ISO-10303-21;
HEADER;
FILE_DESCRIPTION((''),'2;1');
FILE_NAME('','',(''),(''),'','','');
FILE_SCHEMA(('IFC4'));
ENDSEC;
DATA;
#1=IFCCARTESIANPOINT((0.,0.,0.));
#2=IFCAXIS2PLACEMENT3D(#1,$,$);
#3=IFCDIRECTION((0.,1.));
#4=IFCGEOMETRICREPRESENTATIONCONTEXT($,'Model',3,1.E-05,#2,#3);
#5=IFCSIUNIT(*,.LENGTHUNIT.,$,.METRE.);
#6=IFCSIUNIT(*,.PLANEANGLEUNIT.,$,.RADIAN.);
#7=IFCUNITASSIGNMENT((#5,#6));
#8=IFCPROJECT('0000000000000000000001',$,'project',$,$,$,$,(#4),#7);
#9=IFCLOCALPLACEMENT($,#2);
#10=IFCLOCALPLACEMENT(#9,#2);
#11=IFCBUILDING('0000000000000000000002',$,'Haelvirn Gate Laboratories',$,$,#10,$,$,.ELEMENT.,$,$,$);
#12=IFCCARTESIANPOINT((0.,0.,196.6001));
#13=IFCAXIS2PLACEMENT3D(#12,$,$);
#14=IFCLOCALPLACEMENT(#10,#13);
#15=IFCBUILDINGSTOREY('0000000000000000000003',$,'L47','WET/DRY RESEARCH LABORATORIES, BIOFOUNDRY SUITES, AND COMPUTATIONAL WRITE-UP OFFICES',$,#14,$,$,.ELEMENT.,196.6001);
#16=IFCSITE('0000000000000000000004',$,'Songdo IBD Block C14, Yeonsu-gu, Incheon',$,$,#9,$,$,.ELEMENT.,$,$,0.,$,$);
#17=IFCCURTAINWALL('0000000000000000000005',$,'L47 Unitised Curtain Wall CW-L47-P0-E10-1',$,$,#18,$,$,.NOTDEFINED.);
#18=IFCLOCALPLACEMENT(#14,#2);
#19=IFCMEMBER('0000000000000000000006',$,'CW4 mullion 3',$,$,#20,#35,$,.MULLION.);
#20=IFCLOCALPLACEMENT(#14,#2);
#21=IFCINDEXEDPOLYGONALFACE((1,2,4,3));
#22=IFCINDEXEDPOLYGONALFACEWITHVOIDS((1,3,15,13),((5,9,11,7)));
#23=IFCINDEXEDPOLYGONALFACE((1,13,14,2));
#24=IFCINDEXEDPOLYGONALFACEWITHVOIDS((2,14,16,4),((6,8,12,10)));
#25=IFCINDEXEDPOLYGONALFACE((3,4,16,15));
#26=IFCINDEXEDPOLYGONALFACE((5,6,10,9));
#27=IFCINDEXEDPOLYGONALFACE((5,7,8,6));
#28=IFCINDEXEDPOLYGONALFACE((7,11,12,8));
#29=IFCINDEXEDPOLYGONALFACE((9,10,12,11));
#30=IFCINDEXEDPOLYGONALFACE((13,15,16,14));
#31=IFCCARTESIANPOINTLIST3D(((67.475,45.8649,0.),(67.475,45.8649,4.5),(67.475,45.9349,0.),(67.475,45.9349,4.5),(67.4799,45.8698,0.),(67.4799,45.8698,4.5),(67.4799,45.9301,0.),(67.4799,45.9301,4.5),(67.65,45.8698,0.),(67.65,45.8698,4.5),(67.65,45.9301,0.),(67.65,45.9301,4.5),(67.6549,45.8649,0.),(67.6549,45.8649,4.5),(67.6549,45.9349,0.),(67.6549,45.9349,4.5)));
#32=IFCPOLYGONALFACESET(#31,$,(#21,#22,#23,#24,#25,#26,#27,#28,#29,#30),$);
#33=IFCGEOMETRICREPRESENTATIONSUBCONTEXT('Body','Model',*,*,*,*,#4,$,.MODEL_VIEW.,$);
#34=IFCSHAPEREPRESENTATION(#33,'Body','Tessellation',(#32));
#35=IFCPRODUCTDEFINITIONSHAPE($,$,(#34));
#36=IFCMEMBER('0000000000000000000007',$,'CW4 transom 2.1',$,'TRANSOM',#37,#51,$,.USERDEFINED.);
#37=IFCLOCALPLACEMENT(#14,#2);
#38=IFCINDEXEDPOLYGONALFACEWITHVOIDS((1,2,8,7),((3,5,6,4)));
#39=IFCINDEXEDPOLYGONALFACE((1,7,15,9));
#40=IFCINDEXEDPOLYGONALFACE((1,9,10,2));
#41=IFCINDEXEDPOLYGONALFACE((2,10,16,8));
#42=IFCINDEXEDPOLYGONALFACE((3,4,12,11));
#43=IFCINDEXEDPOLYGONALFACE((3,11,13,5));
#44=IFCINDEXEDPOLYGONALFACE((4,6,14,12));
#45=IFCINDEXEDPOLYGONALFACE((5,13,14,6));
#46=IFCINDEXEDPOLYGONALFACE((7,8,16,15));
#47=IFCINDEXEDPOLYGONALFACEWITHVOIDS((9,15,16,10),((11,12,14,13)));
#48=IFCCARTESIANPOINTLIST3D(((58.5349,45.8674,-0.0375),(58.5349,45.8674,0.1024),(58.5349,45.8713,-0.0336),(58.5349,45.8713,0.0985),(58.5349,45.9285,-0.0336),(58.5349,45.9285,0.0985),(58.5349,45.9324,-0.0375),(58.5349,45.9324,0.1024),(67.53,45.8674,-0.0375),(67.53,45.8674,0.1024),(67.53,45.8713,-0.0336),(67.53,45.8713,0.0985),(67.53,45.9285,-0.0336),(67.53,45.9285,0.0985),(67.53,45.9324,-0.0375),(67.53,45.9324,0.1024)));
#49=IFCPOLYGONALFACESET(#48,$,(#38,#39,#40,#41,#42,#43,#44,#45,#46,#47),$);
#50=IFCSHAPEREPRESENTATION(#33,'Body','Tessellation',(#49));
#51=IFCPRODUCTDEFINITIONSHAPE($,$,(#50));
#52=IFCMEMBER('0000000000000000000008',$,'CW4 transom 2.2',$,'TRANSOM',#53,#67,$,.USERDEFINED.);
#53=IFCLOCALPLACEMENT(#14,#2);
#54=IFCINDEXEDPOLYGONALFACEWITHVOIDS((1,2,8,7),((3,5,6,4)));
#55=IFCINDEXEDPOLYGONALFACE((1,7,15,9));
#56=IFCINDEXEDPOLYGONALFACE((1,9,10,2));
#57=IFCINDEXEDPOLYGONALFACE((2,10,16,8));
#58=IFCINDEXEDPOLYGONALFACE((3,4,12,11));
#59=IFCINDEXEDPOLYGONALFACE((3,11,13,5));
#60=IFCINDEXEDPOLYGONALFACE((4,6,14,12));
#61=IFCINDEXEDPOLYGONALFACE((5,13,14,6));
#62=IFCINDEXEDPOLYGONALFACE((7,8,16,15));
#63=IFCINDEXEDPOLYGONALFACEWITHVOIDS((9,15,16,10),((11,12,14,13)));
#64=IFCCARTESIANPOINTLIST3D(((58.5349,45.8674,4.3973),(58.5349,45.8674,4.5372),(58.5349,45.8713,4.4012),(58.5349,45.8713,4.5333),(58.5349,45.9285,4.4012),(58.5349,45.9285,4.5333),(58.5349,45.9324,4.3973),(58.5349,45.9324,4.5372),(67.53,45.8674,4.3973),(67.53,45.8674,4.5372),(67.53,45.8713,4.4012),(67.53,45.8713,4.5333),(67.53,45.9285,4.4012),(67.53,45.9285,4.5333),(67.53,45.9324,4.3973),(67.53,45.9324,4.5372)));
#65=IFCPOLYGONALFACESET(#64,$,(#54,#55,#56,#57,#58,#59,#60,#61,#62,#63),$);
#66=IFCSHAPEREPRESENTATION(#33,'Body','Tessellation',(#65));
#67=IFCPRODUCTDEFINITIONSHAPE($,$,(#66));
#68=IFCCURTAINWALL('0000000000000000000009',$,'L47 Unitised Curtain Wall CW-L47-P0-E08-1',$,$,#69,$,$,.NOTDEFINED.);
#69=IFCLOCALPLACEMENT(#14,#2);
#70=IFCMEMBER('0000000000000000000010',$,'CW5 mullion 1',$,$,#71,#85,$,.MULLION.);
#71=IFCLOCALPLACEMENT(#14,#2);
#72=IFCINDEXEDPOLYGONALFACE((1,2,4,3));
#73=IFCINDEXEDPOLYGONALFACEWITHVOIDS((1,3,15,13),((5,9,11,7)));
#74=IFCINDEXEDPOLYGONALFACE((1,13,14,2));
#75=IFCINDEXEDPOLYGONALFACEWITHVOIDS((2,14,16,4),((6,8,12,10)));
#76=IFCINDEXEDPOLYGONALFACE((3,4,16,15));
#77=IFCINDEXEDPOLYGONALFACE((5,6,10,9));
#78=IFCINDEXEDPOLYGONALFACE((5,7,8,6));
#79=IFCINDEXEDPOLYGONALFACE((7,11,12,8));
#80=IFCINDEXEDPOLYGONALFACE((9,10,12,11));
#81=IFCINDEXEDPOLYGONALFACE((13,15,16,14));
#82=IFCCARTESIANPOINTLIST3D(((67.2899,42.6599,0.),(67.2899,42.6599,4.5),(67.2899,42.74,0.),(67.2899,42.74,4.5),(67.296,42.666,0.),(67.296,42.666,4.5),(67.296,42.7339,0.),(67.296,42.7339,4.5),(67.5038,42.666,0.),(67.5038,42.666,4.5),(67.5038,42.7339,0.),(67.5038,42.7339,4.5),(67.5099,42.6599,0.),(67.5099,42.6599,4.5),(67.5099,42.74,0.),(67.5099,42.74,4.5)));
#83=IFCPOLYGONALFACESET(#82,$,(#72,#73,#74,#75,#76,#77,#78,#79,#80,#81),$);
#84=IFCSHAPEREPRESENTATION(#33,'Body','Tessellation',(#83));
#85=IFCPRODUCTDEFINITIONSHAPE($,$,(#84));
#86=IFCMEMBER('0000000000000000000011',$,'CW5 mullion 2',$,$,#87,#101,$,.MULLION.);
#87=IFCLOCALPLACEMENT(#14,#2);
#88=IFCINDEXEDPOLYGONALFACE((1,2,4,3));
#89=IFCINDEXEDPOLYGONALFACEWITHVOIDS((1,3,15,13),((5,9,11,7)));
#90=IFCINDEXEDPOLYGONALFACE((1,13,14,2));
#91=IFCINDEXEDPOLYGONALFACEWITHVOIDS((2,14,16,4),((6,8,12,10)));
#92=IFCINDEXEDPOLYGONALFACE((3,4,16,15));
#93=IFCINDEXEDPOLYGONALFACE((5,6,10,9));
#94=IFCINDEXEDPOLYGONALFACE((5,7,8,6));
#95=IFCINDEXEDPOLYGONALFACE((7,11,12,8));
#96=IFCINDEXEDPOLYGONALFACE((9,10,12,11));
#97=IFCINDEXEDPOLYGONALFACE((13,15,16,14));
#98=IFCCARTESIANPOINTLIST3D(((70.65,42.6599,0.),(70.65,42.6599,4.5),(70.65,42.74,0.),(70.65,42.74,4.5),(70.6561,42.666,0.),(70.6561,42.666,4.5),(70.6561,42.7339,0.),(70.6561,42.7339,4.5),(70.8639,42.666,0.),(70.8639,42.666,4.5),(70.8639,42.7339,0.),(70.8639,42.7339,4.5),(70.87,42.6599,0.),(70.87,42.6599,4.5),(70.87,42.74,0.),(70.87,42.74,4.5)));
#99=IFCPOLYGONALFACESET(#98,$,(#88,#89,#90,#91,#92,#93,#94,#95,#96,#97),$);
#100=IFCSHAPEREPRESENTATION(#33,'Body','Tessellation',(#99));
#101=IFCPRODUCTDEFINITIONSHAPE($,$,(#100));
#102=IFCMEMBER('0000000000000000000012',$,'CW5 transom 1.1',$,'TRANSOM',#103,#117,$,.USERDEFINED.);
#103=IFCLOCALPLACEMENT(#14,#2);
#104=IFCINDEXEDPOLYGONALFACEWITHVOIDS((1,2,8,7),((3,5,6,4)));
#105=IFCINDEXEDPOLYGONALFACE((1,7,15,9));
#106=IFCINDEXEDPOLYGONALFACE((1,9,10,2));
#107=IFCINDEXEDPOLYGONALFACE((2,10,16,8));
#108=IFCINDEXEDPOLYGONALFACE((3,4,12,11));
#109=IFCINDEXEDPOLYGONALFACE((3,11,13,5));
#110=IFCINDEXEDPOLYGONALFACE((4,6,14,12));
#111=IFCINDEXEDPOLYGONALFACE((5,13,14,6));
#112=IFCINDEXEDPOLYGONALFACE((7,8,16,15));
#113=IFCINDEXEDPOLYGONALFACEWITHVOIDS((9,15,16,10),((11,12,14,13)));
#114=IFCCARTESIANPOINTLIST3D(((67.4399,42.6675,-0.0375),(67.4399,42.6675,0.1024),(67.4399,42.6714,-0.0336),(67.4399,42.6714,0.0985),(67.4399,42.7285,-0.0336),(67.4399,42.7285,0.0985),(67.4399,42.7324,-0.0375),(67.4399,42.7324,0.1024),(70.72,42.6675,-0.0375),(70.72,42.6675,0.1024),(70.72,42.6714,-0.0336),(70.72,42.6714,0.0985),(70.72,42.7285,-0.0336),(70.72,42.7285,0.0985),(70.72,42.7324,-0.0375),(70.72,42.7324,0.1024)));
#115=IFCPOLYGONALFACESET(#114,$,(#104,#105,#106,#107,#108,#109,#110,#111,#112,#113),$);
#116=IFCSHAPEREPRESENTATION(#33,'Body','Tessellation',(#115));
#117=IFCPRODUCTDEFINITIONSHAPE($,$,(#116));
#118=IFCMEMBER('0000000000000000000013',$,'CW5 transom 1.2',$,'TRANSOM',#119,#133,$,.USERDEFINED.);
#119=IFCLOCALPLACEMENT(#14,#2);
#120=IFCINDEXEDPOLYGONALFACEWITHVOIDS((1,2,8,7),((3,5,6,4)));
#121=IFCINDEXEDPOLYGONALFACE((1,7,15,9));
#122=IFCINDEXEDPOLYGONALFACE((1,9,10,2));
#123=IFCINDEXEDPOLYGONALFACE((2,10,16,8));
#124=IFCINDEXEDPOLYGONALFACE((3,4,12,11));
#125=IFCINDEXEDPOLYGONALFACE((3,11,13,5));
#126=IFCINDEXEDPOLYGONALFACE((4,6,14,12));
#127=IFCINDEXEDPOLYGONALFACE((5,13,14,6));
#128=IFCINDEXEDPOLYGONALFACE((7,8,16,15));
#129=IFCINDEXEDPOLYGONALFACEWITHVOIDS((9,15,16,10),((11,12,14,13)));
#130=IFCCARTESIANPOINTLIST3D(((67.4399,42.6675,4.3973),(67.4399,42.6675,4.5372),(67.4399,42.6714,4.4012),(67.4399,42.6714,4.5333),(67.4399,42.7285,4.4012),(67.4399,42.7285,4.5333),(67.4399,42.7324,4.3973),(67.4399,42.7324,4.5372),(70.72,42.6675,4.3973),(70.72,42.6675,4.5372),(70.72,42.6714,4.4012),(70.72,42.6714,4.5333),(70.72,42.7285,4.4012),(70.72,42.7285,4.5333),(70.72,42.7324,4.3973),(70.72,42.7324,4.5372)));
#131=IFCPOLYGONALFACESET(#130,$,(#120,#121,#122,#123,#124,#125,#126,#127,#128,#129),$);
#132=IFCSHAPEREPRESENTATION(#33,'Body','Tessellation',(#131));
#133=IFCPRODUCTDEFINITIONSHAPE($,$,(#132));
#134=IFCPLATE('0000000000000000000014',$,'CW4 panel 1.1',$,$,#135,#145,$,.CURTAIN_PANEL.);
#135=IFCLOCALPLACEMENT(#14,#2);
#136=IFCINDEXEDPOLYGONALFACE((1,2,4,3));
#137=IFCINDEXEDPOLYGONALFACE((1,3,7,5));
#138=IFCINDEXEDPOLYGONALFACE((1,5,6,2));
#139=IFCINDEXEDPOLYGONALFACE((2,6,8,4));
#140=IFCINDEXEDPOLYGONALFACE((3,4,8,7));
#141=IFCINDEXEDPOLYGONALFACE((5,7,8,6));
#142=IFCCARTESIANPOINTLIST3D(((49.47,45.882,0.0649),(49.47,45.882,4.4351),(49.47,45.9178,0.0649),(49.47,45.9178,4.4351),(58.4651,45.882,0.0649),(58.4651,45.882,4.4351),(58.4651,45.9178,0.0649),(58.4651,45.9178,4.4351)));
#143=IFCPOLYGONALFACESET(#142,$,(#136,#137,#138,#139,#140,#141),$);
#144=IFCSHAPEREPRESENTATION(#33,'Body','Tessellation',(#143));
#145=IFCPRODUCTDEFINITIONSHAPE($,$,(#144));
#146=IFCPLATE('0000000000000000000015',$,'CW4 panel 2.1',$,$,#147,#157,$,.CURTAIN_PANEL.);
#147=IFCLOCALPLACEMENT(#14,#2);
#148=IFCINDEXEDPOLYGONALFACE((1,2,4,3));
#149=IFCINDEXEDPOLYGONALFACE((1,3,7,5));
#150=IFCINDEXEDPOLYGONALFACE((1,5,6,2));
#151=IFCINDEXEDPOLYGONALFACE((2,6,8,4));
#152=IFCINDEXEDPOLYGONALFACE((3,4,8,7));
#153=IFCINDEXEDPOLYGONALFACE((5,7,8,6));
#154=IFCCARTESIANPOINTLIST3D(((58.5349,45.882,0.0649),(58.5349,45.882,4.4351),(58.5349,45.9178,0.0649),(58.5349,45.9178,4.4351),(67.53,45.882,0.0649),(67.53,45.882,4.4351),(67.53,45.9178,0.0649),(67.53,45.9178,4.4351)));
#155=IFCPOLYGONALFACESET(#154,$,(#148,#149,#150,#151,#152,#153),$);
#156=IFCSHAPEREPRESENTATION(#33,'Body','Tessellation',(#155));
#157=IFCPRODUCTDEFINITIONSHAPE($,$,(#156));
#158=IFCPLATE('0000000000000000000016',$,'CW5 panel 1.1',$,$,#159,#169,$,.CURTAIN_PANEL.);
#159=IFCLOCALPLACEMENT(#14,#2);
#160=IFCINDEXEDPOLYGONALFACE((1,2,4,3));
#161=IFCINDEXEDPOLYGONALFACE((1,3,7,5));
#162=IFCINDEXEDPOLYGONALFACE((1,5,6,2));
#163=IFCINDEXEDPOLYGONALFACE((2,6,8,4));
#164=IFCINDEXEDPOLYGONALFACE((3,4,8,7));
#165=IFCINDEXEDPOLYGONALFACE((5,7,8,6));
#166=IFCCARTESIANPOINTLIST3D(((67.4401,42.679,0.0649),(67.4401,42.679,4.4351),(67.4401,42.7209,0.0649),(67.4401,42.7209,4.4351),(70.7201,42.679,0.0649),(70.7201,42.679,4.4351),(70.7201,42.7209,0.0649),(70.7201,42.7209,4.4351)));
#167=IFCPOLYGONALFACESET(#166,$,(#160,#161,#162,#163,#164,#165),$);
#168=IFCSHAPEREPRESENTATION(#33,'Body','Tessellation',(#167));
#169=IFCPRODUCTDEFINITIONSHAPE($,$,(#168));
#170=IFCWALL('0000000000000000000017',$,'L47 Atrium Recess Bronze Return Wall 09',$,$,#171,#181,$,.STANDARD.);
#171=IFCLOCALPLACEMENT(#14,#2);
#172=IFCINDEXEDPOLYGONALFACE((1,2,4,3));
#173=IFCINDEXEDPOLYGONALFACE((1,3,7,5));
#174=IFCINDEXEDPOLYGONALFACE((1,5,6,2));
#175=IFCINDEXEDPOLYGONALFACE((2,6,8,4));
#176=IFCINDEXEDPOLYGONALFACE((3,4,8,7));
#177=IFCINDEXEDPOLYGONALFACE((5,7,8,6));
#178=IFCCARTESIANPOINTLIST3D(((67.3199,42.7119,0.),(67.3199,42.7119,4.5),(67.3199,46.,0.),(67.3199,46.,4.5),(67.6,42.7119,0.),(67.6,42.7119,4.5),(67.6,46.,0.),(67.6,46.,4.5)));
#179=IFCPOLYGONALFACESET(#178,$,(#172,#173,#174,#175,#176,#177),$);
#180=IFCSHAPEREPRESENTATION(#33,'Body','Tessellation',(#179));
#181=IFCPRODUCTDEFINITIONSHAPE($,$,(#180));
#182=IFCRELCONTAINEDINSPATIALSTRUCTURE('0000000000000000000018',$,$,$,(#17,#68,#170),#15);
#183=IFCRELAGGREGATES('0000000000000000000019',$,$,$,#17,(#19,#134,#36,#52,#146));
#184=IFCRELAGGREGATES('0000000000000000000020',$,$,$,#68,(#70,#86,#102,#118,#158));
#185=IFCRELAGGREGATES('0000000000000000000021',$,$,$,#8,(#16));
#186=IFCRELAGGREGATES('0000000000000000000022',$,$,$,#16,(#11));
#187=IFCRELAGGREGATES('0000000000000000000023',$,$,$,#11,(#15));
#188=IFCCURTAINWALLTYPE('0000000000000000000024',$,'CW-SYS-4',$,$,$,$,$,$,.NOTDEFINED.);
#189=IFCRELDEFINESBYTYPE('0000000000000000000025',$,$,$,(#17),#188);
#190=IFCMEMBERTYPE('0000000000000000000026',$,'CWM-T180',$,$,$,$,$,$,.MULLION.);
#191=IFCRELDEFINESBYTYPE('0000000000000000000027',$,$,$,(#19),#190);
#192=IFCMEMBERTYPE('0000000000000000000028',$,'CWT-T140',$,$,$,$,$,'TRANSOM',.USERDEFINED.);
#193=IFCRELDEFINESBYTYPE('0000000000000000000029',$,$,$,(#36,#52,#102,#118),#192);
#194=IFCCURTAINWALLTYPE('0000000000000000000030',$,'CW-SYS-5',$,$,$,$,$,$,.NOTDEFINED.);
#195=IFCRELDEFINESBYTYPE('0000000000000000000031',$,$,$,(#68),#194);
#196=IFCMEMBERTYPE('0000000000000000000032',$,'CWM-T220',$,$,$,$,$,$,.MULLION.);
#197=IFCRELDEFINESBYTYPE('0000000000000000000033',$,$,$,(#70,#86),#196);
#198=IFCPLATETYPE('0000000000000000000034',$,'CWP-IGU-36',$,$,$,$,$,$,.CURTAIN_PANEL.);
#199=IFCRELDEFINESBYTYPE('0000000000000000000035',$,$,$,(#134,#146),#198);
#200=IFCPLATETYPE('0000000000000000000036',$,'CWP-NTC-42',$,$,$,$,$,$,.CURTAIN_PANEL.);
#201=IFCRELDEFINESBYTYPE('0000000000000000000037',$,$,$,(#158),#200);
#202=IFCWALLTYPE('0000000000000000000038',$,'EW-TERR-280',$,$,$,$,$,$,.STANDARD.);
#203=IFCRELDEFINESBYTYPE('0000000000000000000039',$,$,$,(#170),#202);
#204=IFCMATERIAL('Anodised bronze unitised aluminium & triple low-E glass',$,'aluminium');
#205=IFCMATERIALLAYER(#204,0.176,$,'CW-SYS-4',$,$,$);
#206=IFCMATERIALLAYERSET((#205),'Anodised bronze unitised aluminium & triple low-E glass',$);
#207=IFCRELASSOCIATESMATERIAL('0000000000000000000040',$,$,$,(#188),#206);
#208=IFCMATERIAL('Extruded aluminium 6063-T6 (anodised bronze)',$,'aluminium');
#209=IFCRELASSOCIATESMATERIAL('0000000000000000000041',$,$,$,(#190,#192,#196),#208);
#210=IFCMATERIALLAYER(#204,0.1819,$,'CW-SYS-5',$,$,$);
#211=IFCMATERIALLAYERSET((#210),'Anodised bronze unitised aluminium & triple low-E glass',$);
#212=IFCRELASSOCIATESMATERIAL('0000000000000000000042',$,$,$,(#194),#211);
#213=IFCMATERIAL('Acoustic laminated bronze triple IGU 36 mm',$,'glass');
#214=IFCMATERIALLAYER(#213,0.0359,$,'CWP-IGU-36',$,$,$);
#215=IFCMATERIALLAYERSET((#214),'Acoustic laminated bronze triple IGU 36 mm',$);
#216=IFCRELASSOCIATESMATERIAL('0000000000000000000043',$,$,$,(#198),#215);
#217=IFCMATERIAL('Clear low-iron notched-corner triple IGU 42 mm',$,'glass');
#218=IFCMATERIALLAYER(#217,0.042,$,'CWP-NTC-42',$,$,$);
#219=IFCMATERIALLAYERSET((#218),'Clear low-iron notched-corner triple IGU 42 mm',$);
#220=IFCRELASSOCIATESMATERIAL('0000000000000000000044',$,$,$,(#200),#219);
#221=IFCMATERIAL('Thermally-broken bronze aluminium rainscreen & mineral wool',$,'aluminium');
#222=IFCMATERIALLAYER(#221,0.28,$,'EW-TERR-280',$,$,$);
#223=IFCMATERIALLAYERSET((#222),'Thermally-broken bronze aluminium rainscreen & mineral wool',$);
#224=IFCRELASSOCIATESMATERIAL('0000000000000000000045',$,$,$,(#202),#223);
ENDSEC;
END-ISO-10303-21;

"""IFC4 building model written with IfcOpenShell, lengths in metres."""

from ifc_helpers import new_model, si_unit, direction, frame, frame_2d, origin, origin_2d, place, context, subcontext, project, spatial, rectangle, hollow_rectangle, extrude, source, transform, mapped, material, layer, layer_set, material_profile, profile_set, type_object, type_shapes, element, aggregate, save


model = new_model("IFC4")

# Units and contexts
model_context = context("Model", 3, precision=1e-05, world=origin(), true_north=direction((0.0, 1.0)))
body_context = subcontext(model_context, "Body", "Model", "MODEL_VIEW")
ifc_project = project(units=[si_unit("LENGTHUNIT", "METRE"), si_unit("PLANEANGLEUNIT", "RADIAN")], contexts=[model_context])

# Site, building, storey
site_placement = place(None, origin())
site = spatial("IfcSite", under=ifc_project, at=site_placement, Name="Songdo IBD Block C14, Yeonsu-gu, Incheon", CompositionType="ELEMENT", RefElevation=0.0)
building_placement = place(site_placement, origin())
building = spatial("IfcBuilding", under=site, at=building_placement, Name="Haelvirn Gate Laboratories", CompositionType="ELEMENT")
storey_placement = place(building_placement, frame((0.0, 0.0, 196.6001)))
storey = spatial("IfcBuildingStorey", under=building, at=storey_placement, Name="L47", Description="WET/DRY RESEARCH LABORATORIES, BIOFOUNDRY SUITES, AND COMPUTATIONAL WRITE-UP OFFICES", CompositionType="ELEMENT", Elevation=196.6001)

# Shared definitions
ifc_material_1 = material(Name="Anodised bronze unitised aluminium & triple low-E glass", Category="aluminium")
ifc_layer_1 = layer(ifc_material_1, 0.176, Name="CW-SYS-4")
ifc_layer_set_1 = layer_set([ifc_layer_1], Name="Anodised bronze unitised aluminium & triple low-E glass")
curtain_wall_type_1 = type_object("IfcCurtainWallType", Name="CW-SYS-4", PredefinedType="NOTDEFINED", material=ifc_layer_set_1)
ifc_material_2 = material(Name="Extruded aluminium 6063-T6 (anodised bronze)", Category="aluminium")
ifc_material_profile_1 = material_profile(ifc_material_2, hollow_rectangle(XDim=0.0701, YDim=0.1799, WallThickness=0.0049, at=origin_2d()), Name="CWM-180x70x5")
ifc_profile_set_1 = profile_set([ifc_material_profile_1], Name="Extruded aluminium 6063-T6 (anodised bronze)")
member_type_1 = type_object("IfcMemberType", Name="CWM-T180", PredefinedType="MULLION", material=ifc_profile_set_1)
shared_shape_1 = source(origin(), body_context, "Body", "SweptSolid", [
    extrude(hollow_rectangle(XDim=0.0701, YDim=0.1799, WallThickness=0.0049, at=origin_2d()), origin(), (0.0, 0.0, 1.0), 4.5),
])
type_shapes(member_type_1, [shared_shape_1])

# Curtain walls, members
curtain_wall_1_placement = place(storey_placement, origin())
curtain_wall_1 = element("IfcCurtainWall", 1, at=curtain_wall_1_placement, inside=storey, type_object=curtain_wall_type_1, Name="L47 Unitised Curtain Wall CW-L47-P0-E10-1", PredefinedType="NOTDEFINED")
member_1_placement = place(storey_placement, frame((67.5649, 45.8999, 0.0), z_axis=(0.0, 0.0, 1.0), x_axis=(0.0, 1.0, 0.0)))
member_1 = element("IfcMember", 2, at=member_1_placement, type_object=member_type_1, Name="CW4 mullion 3", PredefinedType="MULLION", context=body_context, shape_type="MappedRepresentation", body=[
    mapped(shared_shape_1, transform((0.0, 0.0, 0.0), scale=1.0)),
])
ifc_material_profile_2 = material_profile(ifc_material_2, hollow_rectangle(XDim=0.0649, YDim=0.1399, WallThickness=0.0039, at=origin_2d()), Name="CWT-140x65x4")
ifc_profile_set_2 = profile_set([ifc_material_profile_2], Name="Extruded aluminium 6063-T6 (anodised bronze)")
member_type_2 = type_object("IfcMemberType", Name="CWT-T140", ElementType="TRANSOM", PredefinedType="USERDEFINED", material=ifc_profile_set_2)
shared_shape_2 = source(origin(), body_context, "Body", "SweptSolid", [
    extrude(hollow_rectangle(XDim=0.0649, YDim=0.1399, WallThickness=0.0039, at=origin_2d()), origin(), (0.0, 0.0, 1.0), 8.9951),
])
member_2_placement = place(storey_placement, frame((58.5349, 45.8999, 0.0325), z_axis=(1.0, 0.0, 0.0), x_axis=(0.0, 1.0, 0.0)))
member_2 = element("IfcMember", 3, at=member_2_placement, type_object=member_type_2, Name="CW4 transom 2.1", ObjectType="TRANSOM", PredefinedType="USERDEFINED", context=body_context, shape_type="MappedRepresentation", body=[
    mapped(shared_shape_2, transform((0.0, 0.0, 0.0), scale=1.0)),
])
member_3_placement = place(storey_placement, frame((58.5349, 45.8999, 4.4673), z_axis=(1.0, 0.0, 0.0), x_axis=(0.0, 1.0, 0.0)))
member_3 = element("IfcMember", 4, at=member_3_placement, type_object=member_type_2, Name="CW4 transom 2.2", ObjectType="TRANSOM", PredefinedType="USERDEFINED", context=body_context, shape_type="MappedRepresentation", body=[
    mapped(shared_shape_2, transform((0.0, 0.0, 0.0), scale=1.0)),
])
ifc_layer_2 = layer(ifc_material_1, 0.1819, Name="CW-SYS-5")
ifc_layer_set_2 = layer_set([ifc_layer_2], Name="Anodised bronze unitised aluminium & triple low-E glass")
curtain_wall_type_2 = type_object("IfcCurtainWallType", Name="CW-SYS-5", PredefinedType="NOTDEFINED", material=ifc_layer_set_2)
curtain_wall_2_placement = place(storey_placement, origin())
curtain_wall_2 = element("IfcCurtainWall", 5, at=curtain_wall_2_placement, inside=storey, type_object=curtain_wall_type_2, Name="L47 Unitised Curtain Wall CW-L47-P0-E08-1", PredefinedType="NOTDEFINED")
ifc_material_profile_3 = material_profile(ifc_material_2, hollow_rectangle(XDim=0.0801, YDim=0.22, WallThickness=0.0061, at=origin_2d()), Name="CWM-220x80x6")
ifc_profile_set_3 = profile_set([ifc_material_profile_3], Name="Extruded aluminium 6063-T6 (anodised bronze)")
member_type_3 = type_object("IfcMemberType", Name="CWM-T220", PredefinedType="MULLION", material=ifc_profile_set_3)
shared_shape_3 = source(origin(), body_context, "Body", "SweptSolid", [
    extrude(hollow_rectangle(XDim=0.0801, YDim=0.22, WallThickness=0.0061, at=origin_2d()), origin(), (0.0, 0.0, 1.0), 4.5),
])
type_shapes(member_type_3, [shared_shape_3])
member_4_placement = place(storey_placement, frame((67.3999, 42.7, 0.0), z_axis=(0.0, 0.0, 1.0), x_axis=(0.0, 1.0, 0.0)))
member_4 = element("IfcMember", 6, at=member_4_placement, type_object=member_type_3, Name="CW5 mullion 1", PredefinedType="MULLION", context=body_context, shape_type="MappedRepresentation", body=[
    mapped(shared_shape_3, transform((0.0, 0.0, 0.0), scale=1.0)),
])
member_5_placement = place(storey_placement, frame((70.76, 42.7, 0.0), z_axis=(0.0, 0.0, 1.0), x_axis=(0.0, 1.0, 0.0)))
member_5 = element("IfcMember", 7, at=member_5_placement, type_object=member_type_3, Name="CW5 mullion 2", PredefinedType="MULLION", context=body_context, shape_type="MappedRepresentation", body=[
    mapped(shared_shape_3, transform((0.0, 0.0, 0.0), scale=1.0)),
])
shared_shape_4 = source(origin(), body_context, "Body", "SweptSolid", [
    extrude(hollow_rectangle(XDim=0.0649, YDim=0.1399, WallThickness=0.0039, at=origin_2d()), origin(), (0.0, 0.0, 1.0), 3.28),
])
type_shapes(member_type_2, [shared_shape_2, shared_shape_4])
member_6_placement = place(storey_placement, frame((67.4399, 42.7, 0.0325), z_axis=(1.0, 0.0, 0.0), x_axis=(0.0, 1.0, 0.0)))
member_6 = element("IfcMember", 8, at=member_6_placement, type_object=member_type_2, Name="CW5 transom 1.1", ObjectType="TRANSOM", PredefinedType="USERDEFINED", context=body_context, shape_type="MappedRepresentation", body=[
    mapped(shared_shape_4, transform((0.0, 0.0, 0.0), scale=1.0)),
])
member_7_placement = place(storey_placement, frame((67.4399, 42.7, 4.4673), z_axis=(1.0, 0.0, 0.0), x_axis=(0.0, 1.0, 0.0)))
member_7 = element("IfcMember", 9, at=member_7_placement, type_object=member_type_2, Name="CW5 transom 1.2", ObjectType="TRANSOM", PredefinedType="USERDEFINED", context=body_context, shape_type="MappedRepresentation", body=[
    mapped(shared_shape_4, transform((0.0, 0.0, 0.0), scale=1.0)),
])

# Plates
ifc_material_3 = material(Name="Acoustic laminated bronze triple IGU 36 mm", Category="glass")
ifc_layer_3 = layer(ifc_material_3, 0.0359, Name="CWP-IGU-36")
ifc_layer_set_3 = layer_set([ifc_layer_3], Name="Acoustic laminated bronze triple IGU 36 mm")
plate_type_1 = type_object("IfcPlateType", Name="CWP-IGU-36", PredefinedType="CURTAIN_PANEL", material=ifc_layer_set_3)
shared_shape_5 = source(origin(), body_context, "Body", "SweptSolid", [
    extrude(rectangle(XDim=8.9951, YDim=0.0359, at=origin_2d()), origin(), (0.0, 0.0, 1.0), 4.3701),
])
type_shapes(plate_type_1, [shared_shape_5])
plate_1_placement = place(storey_placement, frame((53.9675, 45.8999, 0.0649), z_axis=(0.0, 0.0, 1.0), x_axis=(1.0, 0.0, 0.0)))
plate_1 = element("IfcPlate", 10, at=plate_1_placement, type_object=plate_type_1, Name="CW4 panel 1.1", PredefinedType="CURTAIN_PANEL", context=body_context, shape_type="MappedRepresentation", body=[
    mapped(shared_shape_5, transform((0.0, 0.0, 0.0), scale=1.0)),
])
plate_2_placement = place(storey_placement, frame((63.0325, 45.8999, 0.0649), z_axis=(0.0, 0.0, 1.0), x_axis=(1.0, 0.0, 0.0)))
plate_2 = element("IfcPlate", 11, at=plate_2_placement, type_object=plate_type_1, Name="CW4 panel 2.1", PredefinedType="CURTAIN_PANEL", context=body_context, shape_type="MappedRepresentation", body=[
    mapped(shared_shape_5, transform((0.0, 0.0, 0.0), scale=1.0)),
])
aggregate(curtain_wall_1, [member_1, plate_1, member_2, member_3, plate_2])
ifc_material_4 = material(Name="Clear low-iron notched-corner triple IGU 42 mm", Category="glass")
ifc_layer_4 = layer(ifc_material_4, 0.042, Name="CWP-NTC-42")
ifc_layer_set_4 = layer_set([ifc_layer_4], Name="Clear low-iron notched-corner triple IGU 42 mm")
plate_type_2 = type_object("IfcPlateType", Name="CWP-NTC-42", PredefinedType="CURTAIN_PANEL", material=ifc_layer_set_4)
shared_shape_6 = source(origin(), body_context, "Body", "SweptSolid", [
    extrude(rectangle(XDim=3.28, YDim=0.042, at=origin_2d()), origin(), (0.0, 0.0, 1.0), 4.3701),
])
type_shapes(plate_type_2, [shared_shape_6])
plate_3_placement = place(storey_placement, frame((69.0801, 42.7, 0.0649), z_axis=(0.0, 0.0, 1.0), x_axis=(1.0, 0.0, 0.0)))
plate_3 = element("IfcPlate", 12, at=plate_3_placement, type_object=plate_type_2, Name="CW5 panel 1.1", PredefinedType="CURTAIN_PANEL", context=body_context, shape_type="MappedRepresentation", body=[
    mapped(shared_shape_6, transform((0.0, 0.0, 0.0), scale=1.0)),
])
aggregate(curtain_wall_2, [member_4, member_5, member_6, member_7, plate_3])

# Wall
ifc_material_5 = material(Name="Thermally-broken bronze aluminium rainscreen & mineral wool", Category="aluminium")
ifc_layer_5 = layer(ifc_material_5, 0.28, Name="EW-TERR-280")
ifc_layer_set_5 = layer_set([ifc_layer_5], Name="Thermally-broken bronze aluminium rainscreen & mineral wool")
wall_type_1 = type_object("IfcWallType", Name="EW-TERR-280", PredefinedType="STANDARD", material=ifc_layer_set_5)
wall_1_placement = place(storey_placement, frame((67.46, 42.7119, 0.0), z_axis=(0.0, 0.0, 1.0), x_axis=(0.0, 1.0, 0.0)))
element("IfcWall", 13, at=wall_1_placement, inside=storey, type_object=wall_type_1, Name="L47 Atrium Recess Bronze Return Wall 09", PredefinedType="STANDARD", context=body_context, shape_type="SweptSolid", body=[
    extrude(rectangle(XDim=3.2881, YDim=0.28, at=frame_2d((1.644, 0.0))), origin(), (0.0, 0.0, 1.0), 4.5),
])

save(model, "model.ifc")
